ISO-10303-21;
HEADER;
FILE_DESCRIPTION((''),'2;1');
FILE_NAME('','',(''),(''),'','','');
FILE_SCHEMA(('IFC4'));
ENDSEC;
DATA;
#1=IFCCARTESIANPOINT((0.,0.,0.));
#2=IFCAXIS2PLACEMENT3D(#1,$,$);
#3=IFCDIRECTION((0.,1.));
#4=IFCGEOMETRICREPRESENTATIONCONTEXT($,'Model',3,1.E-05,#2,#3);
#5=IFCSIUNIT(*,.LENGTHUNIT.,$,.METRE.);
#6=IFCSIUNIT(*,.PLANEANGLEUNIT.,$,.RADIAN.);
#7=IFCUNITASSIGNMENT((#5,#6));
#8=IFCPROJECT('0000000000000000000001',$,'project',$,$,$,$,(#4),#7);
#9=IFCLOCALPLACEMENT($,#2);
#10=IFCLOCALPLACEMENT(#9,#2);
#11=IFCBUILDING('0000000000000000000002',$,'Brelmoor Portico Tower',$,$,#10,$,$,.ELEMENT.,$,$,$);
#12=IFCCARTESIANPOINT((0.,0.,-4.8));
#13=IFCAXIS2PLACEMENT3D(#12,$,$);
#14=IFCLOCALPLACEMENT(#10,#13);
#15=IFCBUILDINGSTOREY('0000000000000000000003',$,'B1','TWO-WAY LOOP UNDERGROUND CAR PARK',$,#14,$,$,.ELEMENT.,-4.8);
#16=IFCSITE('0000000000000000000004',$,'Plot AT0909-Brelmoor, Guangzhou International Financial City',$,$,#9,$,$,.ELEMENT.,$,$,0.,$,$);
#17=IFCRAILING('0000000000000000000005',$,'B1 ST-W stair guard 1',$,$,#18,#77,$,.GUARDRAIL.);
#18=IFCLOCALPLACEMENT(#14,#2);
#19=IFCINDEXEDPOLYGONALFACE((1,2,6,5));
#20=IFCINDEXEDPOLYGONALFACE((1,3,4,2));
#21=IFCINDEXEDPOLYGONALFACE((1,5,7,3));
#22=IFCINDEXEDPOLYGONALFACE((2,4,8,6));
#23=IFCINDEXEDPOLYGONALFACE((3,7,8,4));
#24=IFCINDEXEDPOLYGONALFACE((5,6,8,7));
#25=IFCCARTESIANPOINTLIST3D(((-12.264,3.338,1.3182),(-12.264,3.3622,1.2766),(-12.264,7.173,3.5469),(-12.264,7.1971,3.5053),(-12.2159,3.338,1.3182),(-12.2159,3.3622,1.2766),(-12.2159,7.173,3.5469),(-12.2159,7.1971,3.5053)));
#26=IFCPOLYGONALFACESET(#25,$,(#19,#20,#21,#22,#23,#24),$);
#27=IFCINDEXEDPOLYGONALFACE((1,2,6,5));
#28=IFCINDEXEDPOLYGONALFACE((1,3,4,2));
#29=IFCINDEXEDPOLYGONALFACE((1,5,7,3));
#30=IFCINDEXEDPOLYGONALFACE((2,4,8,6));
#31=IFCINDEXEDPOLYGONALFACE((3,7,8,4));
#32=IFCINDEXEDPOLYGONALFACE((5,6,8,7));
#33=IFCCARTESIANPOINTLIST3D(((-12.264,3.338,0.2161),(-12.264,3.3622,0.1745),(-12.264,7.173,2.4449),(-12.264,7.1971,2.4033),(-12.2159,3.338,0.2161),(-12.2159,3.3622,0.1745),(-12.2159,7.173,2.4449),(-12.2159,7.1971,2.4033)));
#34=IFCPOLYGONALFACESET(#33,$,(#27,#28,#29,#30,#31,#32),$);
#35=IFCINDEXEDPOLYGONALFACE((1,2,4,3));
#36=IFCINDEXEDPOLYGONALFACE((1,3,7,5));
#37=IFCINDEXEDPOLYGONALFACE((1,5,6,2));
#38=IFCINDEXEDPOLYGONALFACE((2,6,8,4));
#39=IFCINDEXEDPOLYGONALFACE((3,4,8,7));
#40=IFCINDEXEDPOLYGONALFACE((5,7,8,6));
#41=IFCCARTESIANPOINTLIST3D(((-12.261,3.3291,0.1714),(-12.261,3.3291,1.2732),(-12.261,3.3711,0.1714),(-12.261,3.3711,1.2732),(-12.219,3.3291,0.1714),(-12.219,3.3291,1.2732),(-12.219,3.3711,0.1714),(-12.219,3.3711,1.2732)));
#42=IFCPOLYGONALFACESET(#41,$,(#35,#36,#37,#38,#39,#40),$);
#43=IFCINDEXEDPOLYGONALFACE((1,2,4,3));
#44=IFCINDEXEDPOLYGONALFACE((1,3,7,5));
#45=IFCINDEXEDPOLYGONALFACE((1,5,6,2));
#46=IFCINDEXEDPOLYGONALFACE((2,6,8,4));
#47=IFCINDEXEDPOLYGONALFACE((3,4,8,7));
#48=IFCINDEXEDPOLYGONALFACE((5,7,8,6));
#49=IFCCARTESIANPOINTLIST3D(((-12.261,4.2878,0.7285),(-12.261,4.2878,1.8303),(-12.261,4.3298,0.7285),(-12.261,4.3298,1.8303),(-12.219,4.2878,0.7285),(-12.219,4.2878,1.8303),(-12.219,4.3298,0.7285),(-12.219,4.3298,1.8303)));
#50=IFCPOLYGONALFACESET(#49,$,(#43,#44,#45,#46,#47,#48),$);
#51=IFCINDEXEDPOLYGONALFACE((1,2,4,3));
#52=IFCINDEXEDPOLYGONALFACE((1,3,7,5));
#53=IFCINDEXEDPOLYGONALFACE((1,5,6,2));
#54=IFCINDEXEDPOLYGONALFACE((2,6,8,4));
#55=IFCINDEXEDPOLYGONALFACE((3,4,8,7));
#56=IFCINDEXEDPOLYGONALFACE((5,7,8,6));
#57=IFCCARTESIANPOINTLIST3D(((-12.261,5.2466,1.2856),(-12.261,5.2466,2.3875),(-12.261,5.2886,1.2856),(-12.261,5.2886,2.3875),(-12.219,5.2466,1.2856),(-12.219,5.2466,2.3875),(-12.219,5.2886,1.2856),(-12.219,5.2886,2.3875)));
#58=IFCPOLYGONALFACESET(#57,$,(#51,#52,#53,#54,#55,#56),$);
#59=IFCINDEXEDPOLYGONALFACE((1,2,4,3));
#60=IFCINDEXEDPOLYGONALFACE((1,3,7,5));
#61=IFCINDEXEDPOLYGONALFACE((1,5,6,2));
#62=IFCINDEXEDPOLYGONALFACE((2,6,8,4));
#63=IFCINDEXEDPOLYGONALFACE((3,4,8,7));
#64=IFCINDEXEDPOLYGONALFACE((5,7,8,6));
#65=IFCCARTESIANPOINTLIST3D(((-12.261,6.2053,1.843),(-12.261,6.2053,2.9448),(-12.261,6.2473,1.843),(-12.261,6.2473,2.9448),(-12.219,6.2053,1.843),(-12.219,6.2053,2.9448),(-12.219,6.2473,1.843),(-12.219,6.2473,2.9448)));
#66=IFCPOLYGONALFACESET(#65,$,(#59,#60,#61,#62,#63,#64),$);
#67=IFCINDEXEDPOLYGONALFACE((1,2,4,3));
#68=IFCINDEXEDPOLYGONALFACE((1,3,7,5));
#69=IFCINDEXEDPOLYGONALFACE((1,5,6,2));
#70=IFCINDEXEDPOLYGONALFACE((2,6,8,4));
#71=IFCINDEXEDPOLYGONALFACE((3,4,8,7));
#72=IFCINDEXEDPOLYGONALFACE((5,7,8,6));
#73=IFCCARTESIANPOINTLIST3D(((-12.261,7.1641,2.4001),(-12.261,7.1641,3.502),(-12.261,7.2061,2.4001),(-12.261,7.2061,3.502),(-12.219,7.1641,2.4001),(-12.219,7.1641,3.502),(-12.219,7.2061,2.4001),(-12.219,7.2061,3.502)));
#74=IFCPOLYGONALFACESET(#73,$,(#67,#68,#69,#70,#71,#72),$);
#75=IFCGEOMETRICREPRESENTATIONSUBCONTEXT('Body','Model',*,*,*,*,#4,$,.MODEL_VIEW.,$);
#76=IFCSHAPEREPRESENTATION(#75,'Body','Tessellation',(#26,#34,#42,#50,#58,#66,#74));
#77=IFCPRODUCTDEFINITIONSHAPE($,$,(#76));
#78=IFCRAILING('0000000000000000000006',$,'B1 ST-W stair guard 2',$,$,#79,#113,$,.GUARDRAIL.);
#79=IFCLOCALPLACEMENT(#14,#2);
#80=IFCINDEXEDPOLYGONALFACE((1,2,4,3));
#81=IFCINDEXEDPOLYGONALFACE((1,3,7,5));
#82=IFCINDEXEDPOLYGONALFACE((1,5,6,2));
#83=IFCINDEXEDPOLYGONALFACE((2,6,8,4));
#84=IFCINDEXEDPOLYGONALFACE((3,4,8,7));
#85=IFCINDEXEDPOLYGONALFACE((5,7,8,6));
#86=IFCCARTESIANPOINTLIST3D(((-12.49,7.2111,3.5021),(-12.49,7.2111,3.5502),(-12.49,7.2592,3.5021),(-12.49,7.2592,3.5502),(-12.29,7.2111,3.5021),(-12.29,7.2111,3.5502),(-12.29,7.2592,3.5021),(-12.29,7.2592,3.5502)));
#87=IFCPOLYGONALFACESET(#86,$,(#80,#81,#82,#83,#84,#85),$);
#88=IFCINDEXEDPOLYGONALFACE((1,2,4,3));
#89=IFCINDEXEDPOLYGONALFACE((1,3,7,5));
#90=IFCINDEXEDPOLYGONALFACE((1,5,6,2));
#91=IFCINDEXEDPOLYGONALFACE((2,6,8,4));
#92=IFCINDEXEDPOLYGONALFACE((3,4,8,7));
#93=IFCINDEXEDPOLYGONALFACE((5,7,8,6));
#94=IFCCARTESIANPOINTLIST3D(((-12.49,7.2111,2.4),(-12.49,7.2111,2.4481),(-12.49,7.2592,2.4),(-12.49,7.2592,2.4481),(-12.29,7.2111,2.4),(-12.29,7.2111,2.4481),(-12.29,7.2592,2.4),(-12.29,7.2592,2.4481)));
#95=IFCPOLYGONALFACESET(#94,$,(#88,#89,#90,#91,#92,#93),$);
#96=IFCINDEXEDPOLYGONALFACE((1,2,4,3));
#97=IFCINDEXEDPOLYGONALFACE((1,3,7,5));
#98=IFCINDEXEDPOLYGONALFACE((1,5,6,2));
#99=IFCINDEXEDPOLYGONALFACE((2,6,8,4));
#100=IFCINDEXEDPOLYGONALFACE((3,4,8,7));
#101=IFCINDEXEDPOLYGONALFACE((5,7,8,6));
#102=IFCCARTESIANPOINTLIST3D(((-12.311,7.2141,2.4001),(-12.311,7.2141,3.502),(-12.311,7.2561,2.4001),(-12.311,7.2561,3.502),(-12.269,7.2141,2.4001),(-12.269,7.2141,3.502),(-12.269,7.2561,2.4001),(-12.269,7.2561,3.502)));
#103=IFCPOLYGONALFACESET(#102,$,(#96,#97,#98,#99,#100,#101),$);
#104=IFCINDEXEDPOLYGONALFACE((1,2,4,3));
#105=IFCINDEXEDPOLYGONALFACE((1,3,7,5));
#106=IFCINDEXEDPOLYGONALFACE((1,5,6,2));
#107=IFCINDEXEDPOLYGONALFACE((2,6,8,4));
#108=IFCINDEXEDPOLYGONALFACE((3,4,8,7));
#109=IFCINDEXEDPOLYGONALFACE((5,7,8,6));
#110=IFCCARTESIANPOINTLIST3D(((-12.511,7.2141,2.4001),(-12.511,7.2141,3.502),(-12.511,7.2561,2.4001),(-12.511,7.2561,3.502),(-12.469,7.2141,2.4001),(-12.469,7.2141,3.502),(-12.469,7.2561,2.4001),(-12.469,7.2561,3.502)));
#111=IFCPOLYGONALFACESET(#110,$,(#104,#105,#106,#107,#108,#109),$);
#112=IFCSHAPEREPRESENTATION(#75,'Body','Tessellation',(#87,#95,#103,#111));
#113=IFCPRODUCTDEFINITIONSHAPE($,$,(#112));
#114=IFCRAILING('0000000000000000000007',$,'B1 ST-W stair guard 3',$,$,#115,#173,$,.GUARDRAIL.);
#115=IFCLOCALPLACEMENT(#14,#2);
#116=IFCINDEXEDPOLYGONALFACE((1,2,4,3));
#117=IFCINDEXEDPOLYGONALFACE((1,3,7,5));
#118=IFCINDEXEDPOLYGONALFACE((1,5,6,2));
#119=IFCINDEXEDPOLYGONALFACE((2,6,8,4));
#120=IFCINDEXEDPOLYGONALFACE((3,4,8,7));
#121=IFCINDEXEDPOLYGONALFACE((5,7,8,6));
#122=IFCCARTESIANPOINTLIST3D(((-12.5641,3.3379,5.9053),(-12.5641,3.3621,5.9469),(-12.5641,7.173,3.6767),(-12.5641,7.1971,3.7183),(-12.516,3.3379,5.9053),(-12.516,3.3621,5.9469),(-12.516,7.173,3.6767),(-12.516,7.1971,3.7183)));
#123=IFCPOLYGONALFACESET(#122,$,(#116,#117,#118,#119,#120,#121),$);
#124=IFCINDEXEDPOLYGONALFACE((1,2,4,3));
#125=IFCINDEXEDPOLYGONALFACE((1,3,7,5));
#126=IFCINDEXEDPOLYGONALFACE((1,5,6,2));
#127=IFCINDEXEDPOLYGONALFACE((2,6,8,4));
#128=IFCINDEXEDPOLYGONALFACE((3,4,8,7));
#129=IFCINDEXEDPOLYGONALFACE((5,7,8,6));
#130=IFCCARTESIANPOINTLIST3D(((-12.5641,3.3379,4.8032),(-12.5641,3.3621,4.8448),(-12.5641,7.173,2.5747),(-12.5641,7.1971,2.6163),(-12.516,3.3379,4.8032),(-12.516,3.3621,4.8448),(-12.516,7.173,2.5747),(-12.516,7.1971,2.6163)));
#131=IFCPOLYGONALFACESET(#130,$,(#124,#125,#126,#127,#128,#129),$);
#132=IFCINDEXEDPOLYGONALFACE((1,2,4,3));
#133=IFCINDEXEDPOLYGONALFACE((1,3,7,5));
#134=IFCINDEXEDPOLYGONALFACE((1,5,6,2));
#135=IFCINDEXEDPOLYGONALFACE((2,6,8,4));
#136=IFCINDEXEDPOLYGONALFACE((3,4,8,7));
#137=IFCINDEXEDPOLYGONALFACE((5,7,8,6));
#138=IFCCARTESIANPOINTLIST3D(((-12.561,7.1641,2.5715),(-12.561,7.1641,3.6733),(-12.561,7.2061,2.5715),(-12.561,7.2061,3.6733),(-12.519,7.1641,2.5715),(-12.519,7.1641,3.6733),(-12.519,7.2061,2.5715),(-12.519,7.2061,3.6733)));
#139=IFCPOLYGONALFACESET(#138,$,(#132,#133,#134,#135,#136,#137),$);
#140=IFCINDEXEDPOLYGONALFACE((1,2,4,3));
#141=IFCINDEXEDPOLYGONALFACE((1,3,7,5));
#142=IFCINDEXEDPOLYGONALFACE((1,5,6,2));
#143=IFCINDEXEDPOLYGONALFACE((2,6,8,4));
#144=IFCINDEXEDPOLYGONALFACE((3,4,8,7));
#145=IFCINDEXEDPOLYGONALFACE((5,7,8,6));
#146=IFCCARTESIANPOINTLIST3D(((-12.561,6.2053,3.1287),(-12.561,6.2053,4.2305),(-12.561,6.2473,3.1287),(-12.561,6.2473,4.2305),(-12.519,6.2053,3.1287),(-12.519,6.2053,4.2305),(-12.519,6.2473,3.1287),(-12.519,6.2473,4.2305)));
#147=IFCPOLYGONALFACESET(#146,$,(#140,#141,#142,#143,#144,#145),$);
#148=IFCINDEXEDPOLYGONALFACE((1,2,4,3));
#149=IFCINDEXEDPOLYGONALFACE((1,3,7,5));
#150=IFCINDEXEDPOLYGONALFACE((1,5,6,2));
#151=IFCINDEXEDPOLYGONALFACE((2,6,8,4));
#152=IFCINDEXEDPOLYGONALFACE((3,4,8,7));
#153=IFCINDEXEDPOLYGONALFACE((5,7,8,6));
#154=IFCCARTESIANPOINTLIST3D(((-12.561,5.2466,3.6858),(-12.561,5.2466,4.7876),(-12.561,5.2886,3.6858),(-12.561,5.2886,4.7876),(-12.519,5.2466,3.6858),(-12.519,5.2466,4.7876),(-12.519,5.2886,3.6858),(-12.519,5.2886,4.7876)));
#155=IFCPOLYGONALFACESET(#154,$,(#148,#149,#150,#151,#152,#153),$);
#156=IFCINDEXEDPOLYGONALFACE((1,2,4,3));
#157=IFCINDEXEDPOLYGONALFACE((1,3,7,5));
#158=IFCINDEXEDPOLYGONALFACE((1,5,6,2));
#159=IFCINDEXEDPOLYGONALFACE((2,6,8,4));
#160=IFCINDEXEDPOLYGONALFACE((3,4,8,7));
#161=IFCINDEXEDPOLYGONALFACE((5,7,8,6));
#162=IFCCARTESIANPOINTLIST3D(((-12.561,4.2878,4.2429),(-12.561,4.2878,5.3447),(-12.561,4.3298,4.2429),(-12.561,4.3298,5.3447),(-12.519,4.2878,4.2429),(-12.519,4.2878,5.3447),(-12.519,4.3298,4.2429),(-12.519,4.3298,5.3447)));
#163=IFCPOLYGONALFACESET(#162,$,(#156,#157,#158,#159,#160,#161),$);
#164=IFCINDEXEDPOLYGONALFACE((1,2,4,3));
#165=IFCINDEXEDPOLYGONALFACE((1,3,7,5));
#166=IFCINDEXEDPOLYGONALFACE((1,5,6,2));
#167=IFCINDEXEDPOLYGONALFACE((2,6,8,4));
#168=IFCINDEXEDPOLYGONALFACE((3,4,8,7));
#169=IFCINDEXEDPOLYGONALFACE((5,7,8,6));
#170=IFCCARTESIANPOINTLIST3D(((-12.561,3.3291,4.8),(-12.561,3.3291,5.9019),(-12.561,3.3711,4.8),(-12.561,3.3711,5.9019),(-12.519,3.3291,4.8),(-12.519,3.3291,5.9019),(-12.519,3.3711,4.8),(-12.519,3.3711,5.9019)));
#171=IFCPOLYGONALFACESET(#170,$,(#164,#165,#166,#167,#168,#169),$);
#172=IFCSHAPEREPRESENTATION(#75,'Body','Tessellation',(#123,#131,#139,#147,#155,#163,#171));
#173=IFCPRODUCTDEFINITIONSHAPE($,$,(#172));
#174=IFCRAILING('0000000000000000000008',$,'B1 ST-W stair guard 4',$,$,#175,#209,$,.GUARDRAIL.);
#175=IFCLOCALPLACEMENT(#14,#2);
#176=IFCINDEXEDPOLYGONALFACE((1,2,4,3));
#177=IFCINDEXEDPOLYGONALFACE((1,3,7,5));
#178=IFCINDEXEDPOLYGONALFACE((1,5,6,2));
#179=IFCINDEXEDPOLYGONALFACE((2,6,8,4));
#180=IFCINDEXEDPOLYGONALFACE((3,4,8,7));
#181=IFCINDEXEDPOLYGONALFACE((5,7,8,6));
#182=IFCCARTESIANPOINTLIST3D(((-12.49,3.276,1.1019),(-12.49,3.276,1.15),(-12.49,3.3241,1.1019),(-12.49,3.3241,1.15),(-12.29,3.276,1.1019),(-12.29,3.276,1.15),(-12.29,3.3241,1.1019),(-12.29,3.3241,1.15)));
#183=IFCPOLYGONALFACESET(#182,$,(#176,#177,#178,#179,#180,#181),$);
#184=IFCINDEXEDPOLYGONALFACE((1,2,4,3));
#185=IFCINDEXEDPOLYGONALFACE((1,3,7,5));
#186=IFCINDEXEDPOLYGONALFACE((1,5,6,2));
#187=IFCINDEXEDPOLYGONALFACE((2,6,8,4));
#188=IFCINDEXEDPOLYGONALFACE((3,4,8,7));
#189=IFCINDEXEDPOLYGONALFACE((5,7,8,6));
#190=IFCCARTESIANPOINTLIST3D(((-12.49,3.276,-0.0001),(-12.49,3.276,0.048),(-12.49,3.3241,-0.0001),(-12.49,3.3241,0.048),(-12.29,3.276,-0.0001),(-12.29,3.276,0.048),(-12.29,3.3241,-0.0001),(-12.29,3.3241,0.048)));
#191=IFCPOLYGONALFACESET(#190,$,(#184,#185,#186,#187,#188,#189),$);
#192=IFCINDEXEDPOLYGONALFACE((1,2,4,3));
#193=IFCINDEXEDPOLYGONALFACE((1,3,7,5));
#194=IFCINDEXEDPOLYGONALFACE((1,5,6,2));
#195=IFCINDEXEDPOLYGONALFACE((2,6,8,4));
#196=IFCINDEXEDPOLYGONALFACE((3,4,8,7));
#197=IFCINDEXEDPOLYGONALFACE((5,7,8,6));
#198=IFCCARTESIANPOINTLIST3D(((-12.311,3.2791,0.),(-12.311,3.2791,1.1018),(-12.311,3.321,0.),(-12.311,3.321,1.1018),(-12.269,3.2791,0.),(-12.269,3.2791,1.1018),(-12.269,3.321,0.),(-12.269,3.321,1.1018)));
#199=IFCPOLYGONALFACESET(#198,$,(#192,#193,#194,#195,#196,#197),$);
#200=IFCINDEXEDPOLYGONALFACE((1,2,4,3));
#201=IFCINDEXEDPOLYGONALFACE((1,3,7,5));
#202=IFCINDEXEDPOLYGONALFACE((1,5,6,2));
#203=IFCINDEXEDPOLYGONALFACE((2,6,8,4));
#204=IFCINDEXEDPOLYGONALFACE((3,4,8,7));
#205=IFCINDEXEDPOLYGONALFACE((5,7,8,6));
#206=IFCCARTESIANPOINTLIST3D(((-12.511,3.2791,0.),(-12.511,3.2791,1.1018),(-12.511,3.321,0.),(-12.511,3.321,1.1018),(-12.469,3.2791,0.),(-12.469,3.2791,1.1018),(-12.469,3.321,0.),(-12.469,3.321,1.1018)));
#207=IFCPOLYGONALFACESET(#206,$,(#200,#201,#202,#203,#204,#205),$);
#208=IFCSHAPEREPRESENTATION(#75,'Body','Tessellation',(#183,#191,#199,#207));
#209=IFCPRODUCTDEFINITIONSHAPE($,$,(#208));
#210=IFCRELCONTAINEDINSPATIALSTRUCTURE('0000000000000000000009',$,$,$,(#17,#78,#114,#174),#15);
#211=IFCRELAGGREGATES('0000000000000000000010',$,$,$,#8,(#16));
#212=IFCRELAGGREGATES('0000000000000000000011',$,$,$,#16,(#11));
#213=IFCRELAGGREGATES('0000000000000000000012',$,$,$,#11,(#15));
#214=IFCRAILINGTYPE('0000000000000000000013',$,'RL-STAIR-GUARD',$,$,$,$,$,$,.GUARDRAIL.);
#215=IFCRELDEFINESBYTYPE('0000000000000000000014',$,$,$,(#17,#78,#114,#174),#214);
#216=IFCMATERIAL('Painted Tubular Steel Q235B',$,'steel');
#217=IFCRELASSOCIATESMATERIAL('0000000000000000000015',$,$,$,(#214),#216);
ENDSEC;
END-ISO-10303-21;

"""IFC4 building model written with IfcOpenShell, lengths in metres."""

from ifc_helpers import new_model, si_unit, direction, frame, origin, origin_2d, place, context, subcontext, project, spatial, rectangle, extrude, material, type_object, element, save


model = new_model("IFC4")

# Units and contexts
model_context = context("Model", 3, precision=1e-05, world=origin(), true_north=direction((0.0, 1.0)))
body_context = subcontext(model_context, "Body", "Model", "MODEL_VIEW")
ifc_project = project(units=[si_unit("LENGTHUNIT", "METRE"), si_unit("PLANEANGLEUNIT", "RADIAN")], contexts=[model_context])

# Site, building, storey
site_placement = place(None, origin())
site = spatial("IfcSite", under=ifc_project, at=site_placement, Name="Plot AT0909-Brelmoor, Guangzhou International Financial City", CompositionType="ELEMENT", RefElevation=0.0)
building_placement = place(site_placement, origin())
building = spatial("IfcBuilding", under=site, at=building_placement, Name="Brelmoor Portico Tower", CompositionType="ELEMENT")
storey_placement = place(building_placement, frame((0.0, 0.0, -4.8)))
storey = spatial("IfcBuildingStorey", under=building, at=storey_placement, Name="B1", Description="TWO-WAY LOOP UNDERGROUND CAR PARK", CompositionType="ELEMENT", Elevation=-4.8)

# Railings
ifc_material_1 = material(Name="Painted Tubular Steel Q235B", Category="steel")
railing_type_1 = type_object("IfcRailingType", Name="RL-STAIR-GUARD", PredefinedType="GUARDRAIL", material=ifc_material_1)
railing_1_placement = place(storey_placement, frame((-12.24, 3.3501, 0.1714)))
element("IfcRailing", 1, at=railing_1_placement, inside=storey, type_object=railing_type_1, Name="B1 ST-W stair guard 1", PredefinedType="GUARDRAIL", context=body_context, shape_type="SweptSolid", body=[
    extrude(rectangle(XDim=0.0481, YDim=0.0481, at=origin_2d()), frame((0.0, 0.0, 1.126), z_axis=(0.0, 0.864592, 0.502474), x_axis=(-1.0, 0.0, 0.0)), (0.0, 0.0, 1.0), 4.4355),
    extrude(rectangle(XDim=0.0481, YDim=0.0481, at=origin_2d()), frame((0.0, 0.0, 0.0239), z_axis=(0.0, 0.864592, 0.502474), x_axis=(-1.0, 0.0, 0.0)), (0.0, 0.0, 1.0), 4.4355),
    extrude(rectangle(XDim=0.042, YDim=0.042, at=origin_2d()), origin(), (0.0, 0.0, 1.0), 1.1018),
    extrude(rectangle(XDim=0.042, YDim=0.042, at=origin_2d()), frame((0.0, 0.9587, 0.5571)), (0.0, 0.0, 1.0), 1.1018),
    extrude(rectangle(XDim=0.042, YDim=0.042, at=origin_2d()), frame((0.0, 1.9175, 1.1143)), (0.0, 0.0, 1.0), 1.1018),
    extrude(rectangle(XDim=0.042, YDim=0.042, at=origin_2d()), frame((0.0, 2.8762, 1.6716)), (0.0, 0.0, 1.0), 1.1018),
    extrude(rectangle(XDim=0.042, YDim=0.042, at=origin_2d()), frame((0.0, 3.835, 2.2288)), (0.0, 0.0, 1.0), 1.1018),
])
railing_2_placement = place(storey_placement, frame((-12.29, 7.2351, 2.4001)))
element("IfcRailing", 2, at=railing_2_placement, inside=storey, type_object=railing_type_1, Name="B1 ST-W stair guard 2", PredefinedType="GUARDRAIL", context=body_context, shape_type="SweptSolid", body=[
    extrude(rectangle(XDim=0.0481, YDim=0.0481, at=origin_2d()), frame((0.0, 0.0, 1.126), z_axis=(-1.0, 0.0, 0.0), x_axis=(0.0, -1.0, 0.0)), (0.0, 0.0, 1.0), 0.2),
    extrude(rectangle(XDim=0.0481, YDim=0.0481, at=origin_2d()), frame((0.0, 0.0, 0.0239), z_axis=(-1.0, 0.0, 0.0), x_axis=(0.0, -1.0, 0.0)), (0.0, 0.0, 1.0), 0.2),
    extrude(rectangle(XDim=0.042, YDim=0.042, at=origin_2d()), origin(), (0.0, 0.0, 1.0), 1.1018),
    extrude(rectangle(XDim=0.042, YDim=0.042, at=origin_2d()), frame((-0.2, 0.0, 0.0)), (0.0, 0.0, 1.0), 1.1018),
])
railing_3_placement = place(storey_placement, frame((-12.54, 7.1851, 2.5715)))
element("IfcRailing", 3, at=railing_3_placement, inside=storey, type_object=railing_type_1, Name="B1 ST-W stair guard 3", PredefinedType="GUARDRAIL", context=body_context, shape_type="SweptSolid", body=[
    extrude(rectangle(XDim=0.0481, YDim=0.0481, at=origin_2d()), frame((0.0, 0.0, 1.126), z_axis=(0.0, -0.864616, 0.502433), x_axis=(1.0, 0.0, 0.0)), (0.0, 0.0, 1.0), 4.4355),
    extrude(rectangle(XDim=0.0481, YDim=0.0481, at=origin_2d()), frame((0.0, 0.0, 0.0239), z_axis=(0.0, -0.864616, 0.502433), x_axis=(1.0, 0.0, 0.0)), (0.0, 0.0, 1.0), 4.4355),
    extrude(rectangle(XDim=0.042, YDim=0.042, at=origin_2d()), origin(), (0.0, 0.0, 1.0), 1.1018),
    extrude(rectangle(XDim=0.042, YDim=0.042, at=origin_2d()), frame((0.0, -0.9587, 0.5571)), (0.0, 0.0, 1.0), 1.1018),
    extrude(rectangle(XDim=0.042, YDim=0.042, at=origin_2d()), frame((0.0, -1.9175, 1.1143)), (0.0, 0.0, 1.0), 1.1018),
    extrude(rectangle(XDim=0.042, YDim=0.042, at=origin_2d()), frame((0.0, -2.8762, 1.6714)), (0.0, 0.0, 1.0), 1.1018),
    extrude(rectangle(XDim=0.042, YDim=0.042, at=origin_2d()), frame((0.0, -3.835, 2.2285)), (0.0, 0.0, 1.0), 1.1018),
])
railing_4_placement = place(storey_placement, frame((-12.29, 3.3, 0.0)))
element("IfcRailing", 4, at=railing_4_placement, inside=storey, type_object=railing_type_1, Name="B1 ST-W stair guard 4", PredefinedType="GUARDRAIL", context=body_context, shape_type="SweptSolid", body=[
    extrude(rectangle(XDim=0.0481, YDim=0.0481, at=origin_2d()), frame((0.0, 0.0, 1.126), z_axis=(-1.0, 0.0, 0.0), x_axis=(0.0, -1.0, 0.0)), (0.0, 0.0, 1.0), 0.2),
    extrude(rectangle(XDim=0.0481, YDim=0.0481, at=origin_2d()), frame((0.0, 0.0, 0.0239), z_axis=(-1.0, 0.0, 0.0), x_axis=(0.0, -1.0, 0.0)), (0.0, 0.0, 1.0), 0.2),
    extrude(rectangle(XDim=0.042, YDim=0.042, at=origin_2d()), origin(), (0.0, 0.0, 1.0), 1.1018),
    extrude(rectangle(XDim=0.042, YDim=0.042, at=origin_2d()), frame((-0.2, 0.0, 0.0)), (0.0, 0.0, 1.0), 1.1018),
])

save(model, "model.ifc")
